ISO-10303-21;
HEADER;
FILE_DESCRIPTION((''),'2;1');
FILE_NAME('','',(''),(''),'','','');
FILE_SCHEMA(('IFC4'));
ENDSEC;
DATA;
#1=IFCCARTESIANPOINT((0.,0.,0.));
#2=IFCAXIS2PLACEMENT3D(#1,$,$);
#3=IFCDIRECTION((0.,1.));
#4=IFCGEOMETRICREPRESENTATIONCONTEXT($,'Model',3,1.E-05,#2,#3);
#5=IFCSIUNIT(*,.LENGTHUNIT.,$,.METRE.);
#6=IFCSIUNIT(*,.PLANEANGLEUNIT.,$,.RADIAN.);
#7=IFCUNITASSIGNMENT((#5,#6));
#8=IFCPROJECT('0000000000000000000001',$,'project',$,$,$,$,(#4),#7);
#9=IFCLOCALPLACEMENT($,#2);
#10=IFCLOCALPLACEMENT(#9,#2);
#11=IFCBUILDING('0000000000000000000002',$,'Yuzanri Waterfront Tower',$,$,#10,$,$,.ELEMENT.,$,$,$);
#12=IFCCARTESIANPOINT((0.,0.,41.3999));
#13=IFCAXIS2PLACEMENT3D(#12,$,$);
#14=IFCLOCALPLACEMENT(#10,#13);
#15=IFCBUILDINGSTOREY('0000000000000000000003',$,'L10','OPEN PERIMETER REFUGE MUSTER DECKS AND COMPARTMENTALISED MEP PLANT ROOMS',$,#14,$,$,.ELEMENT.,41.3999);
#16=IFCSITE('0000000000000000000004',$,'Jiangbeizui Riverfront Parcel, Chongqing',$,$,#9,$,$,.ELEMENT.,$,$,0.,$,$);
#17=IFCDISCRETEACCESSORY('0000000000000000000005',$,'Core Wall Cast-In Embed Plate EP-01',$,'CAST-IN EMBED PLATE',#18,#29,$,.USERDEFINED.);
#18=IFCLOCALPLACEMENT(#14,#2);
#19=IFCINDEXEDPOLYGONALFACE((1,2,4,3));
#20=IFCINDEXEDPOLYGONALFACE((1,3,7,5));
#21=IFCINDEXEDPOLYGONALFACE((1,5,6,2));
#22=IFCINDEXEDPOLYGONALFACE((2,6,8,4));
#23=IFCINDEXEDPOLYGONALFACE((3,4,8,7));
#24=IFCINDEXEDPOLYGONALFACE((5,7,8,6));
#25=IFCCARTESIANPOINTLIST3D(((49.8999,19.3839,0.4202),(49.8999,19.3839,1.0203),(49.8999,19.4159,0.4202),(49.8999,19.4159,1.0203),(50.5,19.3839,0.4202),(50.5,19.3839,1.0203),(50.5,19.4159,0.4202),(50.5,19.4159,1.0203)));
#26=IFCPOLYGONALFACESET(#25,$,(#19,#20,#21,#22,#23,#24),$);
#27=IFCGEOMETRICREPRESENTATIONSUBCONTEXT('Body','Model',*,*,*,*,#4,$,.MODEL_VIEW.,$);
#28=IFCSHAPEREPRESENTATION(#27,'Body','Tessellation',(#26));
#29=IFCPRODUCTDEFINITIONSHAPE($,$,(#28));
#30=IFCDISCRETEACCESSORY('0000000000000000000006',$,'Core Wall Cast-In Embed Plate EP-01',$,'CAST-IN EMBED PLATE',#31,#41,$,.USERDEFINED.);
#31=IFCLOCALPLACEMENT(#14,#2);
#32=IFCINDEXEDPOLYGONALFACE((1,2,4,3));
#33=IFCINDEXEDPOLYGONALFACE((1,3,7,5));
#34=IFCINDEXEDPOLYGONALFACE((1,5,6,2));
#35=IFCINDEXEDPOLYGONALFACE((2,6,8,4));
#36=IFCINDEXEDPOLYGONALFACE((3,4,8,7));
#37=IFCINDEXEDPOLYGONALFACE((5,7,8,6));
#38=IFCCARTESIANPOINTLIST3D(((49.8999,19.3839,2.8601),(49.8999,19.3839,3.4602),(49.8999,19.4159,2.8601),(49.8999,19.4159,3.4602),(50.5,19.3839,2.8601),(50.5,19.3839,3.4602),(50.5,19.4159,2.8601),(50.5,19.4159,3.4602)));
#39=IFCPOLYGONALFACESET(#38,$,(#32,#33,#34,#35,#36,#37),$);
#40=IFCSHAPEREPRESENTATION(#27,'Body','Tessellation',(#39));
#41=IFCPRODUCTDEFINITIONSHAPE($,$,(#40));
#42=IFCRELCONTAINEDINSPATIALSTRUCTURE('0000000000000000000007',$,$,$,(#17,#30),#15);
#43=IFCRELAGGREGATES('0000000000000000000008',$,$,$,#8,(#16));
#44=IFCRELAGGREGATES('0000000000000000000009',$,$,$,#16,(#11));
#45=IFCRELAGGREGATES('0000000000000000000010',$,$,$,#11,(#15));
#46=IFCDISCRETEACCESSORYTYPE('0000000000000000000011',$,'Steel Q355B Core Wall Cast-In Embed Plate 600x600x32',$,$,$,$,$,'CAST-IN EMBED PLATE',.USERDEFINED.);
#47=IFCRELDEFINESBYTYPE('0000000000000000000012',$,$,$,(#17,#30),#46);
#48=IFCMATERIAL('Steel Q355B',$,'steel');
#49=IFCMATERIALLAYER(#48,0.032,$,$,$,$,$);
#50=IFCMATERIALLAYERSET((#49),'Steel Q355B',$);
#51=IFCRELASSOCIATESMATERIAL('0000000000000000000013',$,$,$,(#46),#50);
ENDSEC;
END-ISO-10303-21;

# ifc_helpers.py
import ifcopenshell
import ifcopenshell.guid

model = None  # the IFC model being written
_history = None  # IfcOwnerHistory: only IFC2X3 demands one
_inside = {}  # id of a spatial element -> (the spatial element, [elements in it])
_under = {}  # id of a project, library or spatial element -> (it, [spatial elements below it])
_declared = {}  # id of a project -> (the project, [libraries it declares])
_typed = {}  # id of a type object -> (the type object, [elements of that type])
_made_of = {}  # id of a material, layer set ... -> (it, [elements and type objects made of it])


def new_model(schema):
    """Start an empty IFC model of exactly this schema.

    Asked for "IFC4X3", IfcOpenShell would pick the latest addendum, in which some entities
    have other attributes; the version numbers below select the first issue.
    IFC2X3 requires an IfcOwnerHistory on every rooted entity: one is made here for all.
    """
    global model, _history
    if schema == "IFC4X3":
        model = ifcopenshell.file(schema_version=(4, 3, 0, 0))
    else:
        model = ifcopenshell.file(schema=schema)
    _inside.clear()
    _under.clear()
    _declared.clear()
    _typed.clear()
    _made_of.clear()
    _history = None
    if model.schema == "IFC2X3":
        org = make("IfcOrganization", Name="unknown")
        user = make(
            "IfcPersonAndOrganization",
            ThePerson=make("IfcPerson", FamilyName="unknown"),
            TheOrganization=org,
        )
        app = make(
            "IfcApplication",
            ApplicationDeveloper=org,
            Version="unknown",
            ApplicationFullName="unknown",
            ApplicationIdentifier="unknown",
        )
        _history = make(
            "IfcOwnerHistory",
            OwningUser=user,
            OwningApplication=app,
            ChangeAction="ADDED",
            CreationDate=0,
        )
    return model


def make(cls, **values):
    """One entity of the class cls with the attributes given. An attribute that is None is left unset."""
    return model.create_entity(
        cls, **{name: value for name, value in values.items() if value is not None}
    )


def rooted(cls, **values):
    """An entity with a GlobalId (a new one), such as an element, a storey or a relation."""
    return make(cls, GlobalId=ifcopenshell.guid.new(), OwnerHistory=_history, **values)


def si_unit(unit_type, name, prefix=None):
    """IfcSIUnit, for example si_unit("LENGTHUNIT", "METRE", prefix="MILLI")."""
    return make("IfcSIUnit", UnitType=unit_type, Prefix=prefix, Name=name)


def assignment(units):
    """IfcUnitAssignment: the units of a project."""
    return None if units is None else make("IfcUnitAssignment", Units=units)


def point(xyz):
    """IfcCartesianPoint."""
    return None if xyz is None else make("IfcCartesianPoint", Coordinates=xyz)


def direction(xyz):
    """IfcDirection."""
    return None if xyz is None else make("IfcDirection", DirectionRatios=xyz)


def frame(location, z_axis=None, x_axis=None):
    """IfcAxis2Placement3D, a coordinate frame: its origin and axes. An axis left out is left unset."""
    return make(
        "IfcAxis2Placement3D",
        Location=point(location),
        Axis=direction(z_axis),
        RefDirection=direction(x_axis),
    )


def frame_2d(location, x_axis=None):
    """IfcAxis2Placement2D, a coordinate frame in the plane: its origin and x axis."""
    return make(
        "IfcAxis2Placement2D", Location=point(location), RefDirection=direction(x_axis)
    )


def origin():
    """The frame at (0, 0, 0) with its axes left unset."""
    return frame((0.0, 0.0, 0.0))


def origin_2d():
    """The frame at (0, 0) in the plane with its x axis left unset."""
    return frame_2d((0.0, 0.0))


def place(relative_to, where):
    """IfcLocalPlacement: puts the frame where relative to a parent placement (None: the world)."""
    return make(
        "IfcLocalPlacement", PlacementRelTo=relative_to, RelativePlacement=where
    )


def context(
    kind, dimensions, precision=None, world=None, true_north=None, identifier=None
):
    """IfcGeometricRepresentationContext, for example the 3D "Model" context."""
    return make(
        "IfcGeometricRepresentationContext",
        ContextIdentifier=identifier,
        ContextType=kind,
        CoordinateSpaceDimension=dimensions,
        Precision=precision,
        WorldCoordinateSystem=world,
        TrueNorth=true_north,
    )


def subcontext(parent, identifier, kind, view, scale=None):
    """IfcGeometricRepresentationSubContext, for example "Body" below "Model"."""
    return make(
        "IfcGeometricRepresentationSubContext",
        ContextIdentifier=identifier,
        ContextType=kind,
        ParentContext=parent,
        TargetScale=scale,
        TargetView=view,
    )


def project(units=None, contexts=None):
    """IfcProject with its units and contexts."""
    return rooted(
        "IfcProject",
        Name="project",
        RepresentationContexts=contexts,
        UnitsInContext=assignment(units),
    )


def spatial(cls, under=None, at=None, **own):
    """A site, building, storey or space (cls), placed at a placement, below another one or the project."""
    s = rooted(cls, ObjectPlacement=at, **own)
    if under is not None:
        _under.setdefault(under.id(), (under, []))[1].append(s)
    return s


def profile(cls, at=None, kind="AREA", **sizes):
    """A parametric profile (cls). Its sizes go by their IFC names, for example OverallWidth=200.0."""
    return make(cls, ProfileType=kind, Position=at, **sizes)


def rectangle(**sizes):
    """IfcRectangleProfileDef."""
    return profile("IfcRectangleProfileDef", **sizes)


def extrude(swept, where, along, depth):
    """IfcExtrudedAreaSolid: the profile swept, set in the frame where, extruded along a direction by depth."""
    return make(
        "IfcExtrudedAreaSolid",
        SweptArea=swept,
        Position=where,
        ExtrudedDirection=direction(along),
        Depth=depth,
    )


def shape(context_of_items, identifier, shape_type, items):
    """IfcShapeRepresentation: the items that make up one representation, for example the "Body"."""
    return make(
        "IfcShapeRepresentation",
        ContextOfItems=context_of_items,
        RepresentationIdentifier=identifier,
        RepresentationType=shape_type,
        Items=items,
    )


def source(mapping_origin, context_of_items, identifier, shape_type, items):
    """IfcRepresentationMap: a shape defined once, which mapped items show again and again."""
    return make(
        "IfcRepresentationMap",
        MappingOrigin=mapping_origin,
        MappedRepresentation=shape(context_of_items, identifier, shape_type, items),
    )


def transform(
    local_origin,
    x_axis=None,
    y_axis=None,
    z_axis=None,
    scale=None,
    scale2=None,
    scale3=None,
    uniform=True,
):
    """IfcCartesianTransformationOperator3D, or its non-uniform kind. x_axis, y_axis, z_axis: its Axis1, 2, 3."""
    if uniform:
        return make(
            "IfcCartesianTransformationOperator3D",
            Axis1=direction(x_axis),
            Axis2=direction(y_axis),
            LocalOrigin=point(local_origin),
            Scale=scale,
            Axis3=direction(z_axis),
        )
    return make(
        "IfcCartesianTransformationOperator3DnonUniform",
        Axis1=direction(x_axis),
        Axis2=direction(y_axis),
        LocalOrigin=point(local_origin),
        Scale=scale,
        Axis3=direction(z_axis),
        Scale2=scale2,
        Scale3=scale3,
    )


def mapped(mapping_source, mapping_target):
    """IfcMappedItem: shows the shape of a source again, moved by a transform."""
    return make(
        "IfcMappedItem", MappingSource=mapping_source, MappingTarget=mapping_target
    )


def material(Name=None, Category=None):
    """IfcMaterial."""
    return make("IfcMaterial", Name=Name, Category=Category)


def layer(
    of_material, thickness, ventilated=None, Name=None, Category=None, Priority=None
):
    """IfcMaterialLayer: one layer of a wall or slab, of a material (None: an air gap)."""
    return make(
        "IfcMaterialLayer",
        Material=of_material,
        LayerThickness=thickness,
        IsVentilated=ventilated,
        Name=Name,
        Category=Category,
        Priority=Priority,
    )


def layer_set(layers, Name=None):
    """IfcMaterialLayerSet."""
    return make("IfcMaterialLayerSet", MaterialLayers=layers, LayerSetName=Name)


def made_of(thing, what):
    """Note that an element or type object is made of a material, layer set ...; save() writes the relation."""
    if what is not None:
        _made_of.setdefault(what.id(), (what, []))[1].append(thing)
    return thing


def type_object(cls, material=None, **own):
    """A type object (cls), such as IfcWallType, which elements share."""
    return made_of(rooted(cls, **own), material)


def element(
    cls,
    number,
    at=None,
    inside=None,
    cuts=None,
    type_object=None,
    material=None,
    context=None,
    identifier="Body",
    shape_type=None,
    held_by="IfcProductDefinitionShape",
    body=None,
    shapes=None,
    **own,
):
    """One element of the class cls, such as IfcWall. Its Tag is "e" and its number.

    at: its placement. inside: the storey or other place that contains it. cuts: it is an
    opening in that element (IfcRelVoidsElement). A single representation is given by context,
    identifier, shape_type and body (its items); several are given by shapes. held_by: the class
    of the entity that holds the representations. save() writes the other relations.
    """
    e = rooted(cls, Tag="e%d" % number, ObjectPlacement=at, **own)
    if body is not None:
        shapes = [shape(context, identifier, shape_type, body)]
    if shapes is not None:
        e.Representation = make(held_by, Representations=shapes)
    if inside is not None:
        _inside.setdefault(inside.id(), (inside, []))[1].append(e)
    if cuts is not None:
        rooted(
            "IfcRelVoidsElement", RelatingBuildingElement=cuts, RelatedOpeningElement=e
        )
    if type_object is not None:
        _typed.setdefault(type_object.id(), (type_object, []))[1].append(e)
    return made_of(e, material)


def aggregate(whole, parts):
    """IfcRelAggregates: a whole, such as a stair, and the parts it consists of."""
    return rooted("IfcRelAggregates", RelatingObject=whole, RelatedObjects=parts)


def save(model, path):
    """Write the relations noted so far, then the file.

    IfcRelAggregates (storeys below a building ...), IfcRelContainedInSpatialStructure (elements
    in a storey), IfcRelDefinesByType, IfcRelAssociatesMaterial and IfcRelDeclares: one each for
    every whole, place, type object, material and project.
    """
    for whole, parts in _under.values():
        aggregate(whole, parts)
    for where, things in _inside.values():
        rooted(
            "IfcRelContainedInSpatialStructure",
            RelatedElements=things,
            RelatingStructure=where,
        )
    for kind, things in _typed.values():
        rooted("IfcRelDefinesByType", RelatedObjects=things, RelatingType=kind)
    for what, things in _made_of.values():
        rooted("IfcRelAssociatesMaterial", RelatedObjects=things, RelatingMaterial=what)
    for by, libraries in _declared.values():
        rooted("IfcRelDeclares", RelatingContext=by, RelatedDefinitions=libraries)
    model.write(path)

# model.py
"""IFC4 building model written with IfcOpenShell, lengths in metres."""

from ifc_helpers import new_model, si_unit, direction, frame, origin, origin_2d, place, context, subcontext, project, spatial, rectangle, extrude, source, transform, mapped, material, layer, layer_set, type_object, element, save


model = new_model("IFC4")

# Units and contexts
model_context = context("Model", 3, precision=1e-05, world=origin(), true_north=direction((0.0, 1.0)))
body_context = subcontext(model_context, "Body", "Model", "MODEL_VIEW")
ifc_project = project(units=[si_unit("LENGTHUNIT", "METRE"), si_unit("PLANEANGLEUNIT", "RADIAN")], contexts=[model_context])

# Site, building, storey
site_placement = place(None, origin())
site = spatial("IfcSite", under=ifc_project, at=site_placement, Name="Jiangbeizui Riverfront Parcel, Chongqing", CompositionType="ELEMENT", RefElevation=0.0)
building_placement = place(site_placement, origin())
building = spatial("IfcBuilding", under=site, at=building_placement, Name="Yuzanri Waterfront Tower", CompositionType="ELEMENT")
storey_placement = place(building_placement, frame((0.0, 0.0, 41.3999)))
storey = spatial("IfcBuildingStorey", under=building, at=storey_placement, Name="L10", Description="OPEN PERIMETER REFUGE MUSTER DECKS AND COMPARTMENTALISED MEP PLANT ROOMS", CompositionType="ELEMENT", Elevation=41.3999)

# Discrete accessories
ifc_material_1 = material(Name="Steel Q355B", Category="steel")
ifc_layer_1 = layer(ifc_material_1, 0.032)
ifc_layer_set_1 = layer_set([ifc_layer_1], Name="Steel Q355B")
discrete_accessory_type = type_object("IfcDiscreteAccessoryType", Name="Steel Q355B Core Wall Cast-In Embed Plate 600x600x32", ElementType="CAST-IN EMBED PLATE", PredefinedType="USERDEFINED", material=ifc_layer_set_1)
shared_shape_1 = source(origin(), body_context, "Body", "SweptSolid", [
    extrude(rectangle(XDim=0.6001, YDim=0.032, at=origin_2d()), origin(), (0.0, 0.0, 1.0), 0.6001),
])
for number, where, z_axis, x_axis, name in (
    (1, (50.2, 19.3999, 0.4202), (0.0, 0.0, 1.0), (1.0, 0.0, 0.0), "Core Wall Cast-In Embed Plate EP-01"),
    (2, (50.2, 19.3999, 2.8601), (0.0, 0.0, 1.0), (1.0, 0.0, 0.0), "Core Wall Cast-In Embed Plate EP-01"),
):
    element("IfcDiscreteAccessory", number, at=place(storey_placement, frame(where, z_axis=z_axis, x_axis=x_axis)), inside=storey, type_object=discrete_accessory_type, Name=name, ObjectType="CAST-IN EMBED PLATE", PredefinedType="USERDEFINED", context=body_context, shape_type="MappedRepresentation", body=[
        mapped(shared_shape_1, transform((0.0, 0.0, 0.0), scale=1.0)),
    ])

save(model, "model.ifc")
